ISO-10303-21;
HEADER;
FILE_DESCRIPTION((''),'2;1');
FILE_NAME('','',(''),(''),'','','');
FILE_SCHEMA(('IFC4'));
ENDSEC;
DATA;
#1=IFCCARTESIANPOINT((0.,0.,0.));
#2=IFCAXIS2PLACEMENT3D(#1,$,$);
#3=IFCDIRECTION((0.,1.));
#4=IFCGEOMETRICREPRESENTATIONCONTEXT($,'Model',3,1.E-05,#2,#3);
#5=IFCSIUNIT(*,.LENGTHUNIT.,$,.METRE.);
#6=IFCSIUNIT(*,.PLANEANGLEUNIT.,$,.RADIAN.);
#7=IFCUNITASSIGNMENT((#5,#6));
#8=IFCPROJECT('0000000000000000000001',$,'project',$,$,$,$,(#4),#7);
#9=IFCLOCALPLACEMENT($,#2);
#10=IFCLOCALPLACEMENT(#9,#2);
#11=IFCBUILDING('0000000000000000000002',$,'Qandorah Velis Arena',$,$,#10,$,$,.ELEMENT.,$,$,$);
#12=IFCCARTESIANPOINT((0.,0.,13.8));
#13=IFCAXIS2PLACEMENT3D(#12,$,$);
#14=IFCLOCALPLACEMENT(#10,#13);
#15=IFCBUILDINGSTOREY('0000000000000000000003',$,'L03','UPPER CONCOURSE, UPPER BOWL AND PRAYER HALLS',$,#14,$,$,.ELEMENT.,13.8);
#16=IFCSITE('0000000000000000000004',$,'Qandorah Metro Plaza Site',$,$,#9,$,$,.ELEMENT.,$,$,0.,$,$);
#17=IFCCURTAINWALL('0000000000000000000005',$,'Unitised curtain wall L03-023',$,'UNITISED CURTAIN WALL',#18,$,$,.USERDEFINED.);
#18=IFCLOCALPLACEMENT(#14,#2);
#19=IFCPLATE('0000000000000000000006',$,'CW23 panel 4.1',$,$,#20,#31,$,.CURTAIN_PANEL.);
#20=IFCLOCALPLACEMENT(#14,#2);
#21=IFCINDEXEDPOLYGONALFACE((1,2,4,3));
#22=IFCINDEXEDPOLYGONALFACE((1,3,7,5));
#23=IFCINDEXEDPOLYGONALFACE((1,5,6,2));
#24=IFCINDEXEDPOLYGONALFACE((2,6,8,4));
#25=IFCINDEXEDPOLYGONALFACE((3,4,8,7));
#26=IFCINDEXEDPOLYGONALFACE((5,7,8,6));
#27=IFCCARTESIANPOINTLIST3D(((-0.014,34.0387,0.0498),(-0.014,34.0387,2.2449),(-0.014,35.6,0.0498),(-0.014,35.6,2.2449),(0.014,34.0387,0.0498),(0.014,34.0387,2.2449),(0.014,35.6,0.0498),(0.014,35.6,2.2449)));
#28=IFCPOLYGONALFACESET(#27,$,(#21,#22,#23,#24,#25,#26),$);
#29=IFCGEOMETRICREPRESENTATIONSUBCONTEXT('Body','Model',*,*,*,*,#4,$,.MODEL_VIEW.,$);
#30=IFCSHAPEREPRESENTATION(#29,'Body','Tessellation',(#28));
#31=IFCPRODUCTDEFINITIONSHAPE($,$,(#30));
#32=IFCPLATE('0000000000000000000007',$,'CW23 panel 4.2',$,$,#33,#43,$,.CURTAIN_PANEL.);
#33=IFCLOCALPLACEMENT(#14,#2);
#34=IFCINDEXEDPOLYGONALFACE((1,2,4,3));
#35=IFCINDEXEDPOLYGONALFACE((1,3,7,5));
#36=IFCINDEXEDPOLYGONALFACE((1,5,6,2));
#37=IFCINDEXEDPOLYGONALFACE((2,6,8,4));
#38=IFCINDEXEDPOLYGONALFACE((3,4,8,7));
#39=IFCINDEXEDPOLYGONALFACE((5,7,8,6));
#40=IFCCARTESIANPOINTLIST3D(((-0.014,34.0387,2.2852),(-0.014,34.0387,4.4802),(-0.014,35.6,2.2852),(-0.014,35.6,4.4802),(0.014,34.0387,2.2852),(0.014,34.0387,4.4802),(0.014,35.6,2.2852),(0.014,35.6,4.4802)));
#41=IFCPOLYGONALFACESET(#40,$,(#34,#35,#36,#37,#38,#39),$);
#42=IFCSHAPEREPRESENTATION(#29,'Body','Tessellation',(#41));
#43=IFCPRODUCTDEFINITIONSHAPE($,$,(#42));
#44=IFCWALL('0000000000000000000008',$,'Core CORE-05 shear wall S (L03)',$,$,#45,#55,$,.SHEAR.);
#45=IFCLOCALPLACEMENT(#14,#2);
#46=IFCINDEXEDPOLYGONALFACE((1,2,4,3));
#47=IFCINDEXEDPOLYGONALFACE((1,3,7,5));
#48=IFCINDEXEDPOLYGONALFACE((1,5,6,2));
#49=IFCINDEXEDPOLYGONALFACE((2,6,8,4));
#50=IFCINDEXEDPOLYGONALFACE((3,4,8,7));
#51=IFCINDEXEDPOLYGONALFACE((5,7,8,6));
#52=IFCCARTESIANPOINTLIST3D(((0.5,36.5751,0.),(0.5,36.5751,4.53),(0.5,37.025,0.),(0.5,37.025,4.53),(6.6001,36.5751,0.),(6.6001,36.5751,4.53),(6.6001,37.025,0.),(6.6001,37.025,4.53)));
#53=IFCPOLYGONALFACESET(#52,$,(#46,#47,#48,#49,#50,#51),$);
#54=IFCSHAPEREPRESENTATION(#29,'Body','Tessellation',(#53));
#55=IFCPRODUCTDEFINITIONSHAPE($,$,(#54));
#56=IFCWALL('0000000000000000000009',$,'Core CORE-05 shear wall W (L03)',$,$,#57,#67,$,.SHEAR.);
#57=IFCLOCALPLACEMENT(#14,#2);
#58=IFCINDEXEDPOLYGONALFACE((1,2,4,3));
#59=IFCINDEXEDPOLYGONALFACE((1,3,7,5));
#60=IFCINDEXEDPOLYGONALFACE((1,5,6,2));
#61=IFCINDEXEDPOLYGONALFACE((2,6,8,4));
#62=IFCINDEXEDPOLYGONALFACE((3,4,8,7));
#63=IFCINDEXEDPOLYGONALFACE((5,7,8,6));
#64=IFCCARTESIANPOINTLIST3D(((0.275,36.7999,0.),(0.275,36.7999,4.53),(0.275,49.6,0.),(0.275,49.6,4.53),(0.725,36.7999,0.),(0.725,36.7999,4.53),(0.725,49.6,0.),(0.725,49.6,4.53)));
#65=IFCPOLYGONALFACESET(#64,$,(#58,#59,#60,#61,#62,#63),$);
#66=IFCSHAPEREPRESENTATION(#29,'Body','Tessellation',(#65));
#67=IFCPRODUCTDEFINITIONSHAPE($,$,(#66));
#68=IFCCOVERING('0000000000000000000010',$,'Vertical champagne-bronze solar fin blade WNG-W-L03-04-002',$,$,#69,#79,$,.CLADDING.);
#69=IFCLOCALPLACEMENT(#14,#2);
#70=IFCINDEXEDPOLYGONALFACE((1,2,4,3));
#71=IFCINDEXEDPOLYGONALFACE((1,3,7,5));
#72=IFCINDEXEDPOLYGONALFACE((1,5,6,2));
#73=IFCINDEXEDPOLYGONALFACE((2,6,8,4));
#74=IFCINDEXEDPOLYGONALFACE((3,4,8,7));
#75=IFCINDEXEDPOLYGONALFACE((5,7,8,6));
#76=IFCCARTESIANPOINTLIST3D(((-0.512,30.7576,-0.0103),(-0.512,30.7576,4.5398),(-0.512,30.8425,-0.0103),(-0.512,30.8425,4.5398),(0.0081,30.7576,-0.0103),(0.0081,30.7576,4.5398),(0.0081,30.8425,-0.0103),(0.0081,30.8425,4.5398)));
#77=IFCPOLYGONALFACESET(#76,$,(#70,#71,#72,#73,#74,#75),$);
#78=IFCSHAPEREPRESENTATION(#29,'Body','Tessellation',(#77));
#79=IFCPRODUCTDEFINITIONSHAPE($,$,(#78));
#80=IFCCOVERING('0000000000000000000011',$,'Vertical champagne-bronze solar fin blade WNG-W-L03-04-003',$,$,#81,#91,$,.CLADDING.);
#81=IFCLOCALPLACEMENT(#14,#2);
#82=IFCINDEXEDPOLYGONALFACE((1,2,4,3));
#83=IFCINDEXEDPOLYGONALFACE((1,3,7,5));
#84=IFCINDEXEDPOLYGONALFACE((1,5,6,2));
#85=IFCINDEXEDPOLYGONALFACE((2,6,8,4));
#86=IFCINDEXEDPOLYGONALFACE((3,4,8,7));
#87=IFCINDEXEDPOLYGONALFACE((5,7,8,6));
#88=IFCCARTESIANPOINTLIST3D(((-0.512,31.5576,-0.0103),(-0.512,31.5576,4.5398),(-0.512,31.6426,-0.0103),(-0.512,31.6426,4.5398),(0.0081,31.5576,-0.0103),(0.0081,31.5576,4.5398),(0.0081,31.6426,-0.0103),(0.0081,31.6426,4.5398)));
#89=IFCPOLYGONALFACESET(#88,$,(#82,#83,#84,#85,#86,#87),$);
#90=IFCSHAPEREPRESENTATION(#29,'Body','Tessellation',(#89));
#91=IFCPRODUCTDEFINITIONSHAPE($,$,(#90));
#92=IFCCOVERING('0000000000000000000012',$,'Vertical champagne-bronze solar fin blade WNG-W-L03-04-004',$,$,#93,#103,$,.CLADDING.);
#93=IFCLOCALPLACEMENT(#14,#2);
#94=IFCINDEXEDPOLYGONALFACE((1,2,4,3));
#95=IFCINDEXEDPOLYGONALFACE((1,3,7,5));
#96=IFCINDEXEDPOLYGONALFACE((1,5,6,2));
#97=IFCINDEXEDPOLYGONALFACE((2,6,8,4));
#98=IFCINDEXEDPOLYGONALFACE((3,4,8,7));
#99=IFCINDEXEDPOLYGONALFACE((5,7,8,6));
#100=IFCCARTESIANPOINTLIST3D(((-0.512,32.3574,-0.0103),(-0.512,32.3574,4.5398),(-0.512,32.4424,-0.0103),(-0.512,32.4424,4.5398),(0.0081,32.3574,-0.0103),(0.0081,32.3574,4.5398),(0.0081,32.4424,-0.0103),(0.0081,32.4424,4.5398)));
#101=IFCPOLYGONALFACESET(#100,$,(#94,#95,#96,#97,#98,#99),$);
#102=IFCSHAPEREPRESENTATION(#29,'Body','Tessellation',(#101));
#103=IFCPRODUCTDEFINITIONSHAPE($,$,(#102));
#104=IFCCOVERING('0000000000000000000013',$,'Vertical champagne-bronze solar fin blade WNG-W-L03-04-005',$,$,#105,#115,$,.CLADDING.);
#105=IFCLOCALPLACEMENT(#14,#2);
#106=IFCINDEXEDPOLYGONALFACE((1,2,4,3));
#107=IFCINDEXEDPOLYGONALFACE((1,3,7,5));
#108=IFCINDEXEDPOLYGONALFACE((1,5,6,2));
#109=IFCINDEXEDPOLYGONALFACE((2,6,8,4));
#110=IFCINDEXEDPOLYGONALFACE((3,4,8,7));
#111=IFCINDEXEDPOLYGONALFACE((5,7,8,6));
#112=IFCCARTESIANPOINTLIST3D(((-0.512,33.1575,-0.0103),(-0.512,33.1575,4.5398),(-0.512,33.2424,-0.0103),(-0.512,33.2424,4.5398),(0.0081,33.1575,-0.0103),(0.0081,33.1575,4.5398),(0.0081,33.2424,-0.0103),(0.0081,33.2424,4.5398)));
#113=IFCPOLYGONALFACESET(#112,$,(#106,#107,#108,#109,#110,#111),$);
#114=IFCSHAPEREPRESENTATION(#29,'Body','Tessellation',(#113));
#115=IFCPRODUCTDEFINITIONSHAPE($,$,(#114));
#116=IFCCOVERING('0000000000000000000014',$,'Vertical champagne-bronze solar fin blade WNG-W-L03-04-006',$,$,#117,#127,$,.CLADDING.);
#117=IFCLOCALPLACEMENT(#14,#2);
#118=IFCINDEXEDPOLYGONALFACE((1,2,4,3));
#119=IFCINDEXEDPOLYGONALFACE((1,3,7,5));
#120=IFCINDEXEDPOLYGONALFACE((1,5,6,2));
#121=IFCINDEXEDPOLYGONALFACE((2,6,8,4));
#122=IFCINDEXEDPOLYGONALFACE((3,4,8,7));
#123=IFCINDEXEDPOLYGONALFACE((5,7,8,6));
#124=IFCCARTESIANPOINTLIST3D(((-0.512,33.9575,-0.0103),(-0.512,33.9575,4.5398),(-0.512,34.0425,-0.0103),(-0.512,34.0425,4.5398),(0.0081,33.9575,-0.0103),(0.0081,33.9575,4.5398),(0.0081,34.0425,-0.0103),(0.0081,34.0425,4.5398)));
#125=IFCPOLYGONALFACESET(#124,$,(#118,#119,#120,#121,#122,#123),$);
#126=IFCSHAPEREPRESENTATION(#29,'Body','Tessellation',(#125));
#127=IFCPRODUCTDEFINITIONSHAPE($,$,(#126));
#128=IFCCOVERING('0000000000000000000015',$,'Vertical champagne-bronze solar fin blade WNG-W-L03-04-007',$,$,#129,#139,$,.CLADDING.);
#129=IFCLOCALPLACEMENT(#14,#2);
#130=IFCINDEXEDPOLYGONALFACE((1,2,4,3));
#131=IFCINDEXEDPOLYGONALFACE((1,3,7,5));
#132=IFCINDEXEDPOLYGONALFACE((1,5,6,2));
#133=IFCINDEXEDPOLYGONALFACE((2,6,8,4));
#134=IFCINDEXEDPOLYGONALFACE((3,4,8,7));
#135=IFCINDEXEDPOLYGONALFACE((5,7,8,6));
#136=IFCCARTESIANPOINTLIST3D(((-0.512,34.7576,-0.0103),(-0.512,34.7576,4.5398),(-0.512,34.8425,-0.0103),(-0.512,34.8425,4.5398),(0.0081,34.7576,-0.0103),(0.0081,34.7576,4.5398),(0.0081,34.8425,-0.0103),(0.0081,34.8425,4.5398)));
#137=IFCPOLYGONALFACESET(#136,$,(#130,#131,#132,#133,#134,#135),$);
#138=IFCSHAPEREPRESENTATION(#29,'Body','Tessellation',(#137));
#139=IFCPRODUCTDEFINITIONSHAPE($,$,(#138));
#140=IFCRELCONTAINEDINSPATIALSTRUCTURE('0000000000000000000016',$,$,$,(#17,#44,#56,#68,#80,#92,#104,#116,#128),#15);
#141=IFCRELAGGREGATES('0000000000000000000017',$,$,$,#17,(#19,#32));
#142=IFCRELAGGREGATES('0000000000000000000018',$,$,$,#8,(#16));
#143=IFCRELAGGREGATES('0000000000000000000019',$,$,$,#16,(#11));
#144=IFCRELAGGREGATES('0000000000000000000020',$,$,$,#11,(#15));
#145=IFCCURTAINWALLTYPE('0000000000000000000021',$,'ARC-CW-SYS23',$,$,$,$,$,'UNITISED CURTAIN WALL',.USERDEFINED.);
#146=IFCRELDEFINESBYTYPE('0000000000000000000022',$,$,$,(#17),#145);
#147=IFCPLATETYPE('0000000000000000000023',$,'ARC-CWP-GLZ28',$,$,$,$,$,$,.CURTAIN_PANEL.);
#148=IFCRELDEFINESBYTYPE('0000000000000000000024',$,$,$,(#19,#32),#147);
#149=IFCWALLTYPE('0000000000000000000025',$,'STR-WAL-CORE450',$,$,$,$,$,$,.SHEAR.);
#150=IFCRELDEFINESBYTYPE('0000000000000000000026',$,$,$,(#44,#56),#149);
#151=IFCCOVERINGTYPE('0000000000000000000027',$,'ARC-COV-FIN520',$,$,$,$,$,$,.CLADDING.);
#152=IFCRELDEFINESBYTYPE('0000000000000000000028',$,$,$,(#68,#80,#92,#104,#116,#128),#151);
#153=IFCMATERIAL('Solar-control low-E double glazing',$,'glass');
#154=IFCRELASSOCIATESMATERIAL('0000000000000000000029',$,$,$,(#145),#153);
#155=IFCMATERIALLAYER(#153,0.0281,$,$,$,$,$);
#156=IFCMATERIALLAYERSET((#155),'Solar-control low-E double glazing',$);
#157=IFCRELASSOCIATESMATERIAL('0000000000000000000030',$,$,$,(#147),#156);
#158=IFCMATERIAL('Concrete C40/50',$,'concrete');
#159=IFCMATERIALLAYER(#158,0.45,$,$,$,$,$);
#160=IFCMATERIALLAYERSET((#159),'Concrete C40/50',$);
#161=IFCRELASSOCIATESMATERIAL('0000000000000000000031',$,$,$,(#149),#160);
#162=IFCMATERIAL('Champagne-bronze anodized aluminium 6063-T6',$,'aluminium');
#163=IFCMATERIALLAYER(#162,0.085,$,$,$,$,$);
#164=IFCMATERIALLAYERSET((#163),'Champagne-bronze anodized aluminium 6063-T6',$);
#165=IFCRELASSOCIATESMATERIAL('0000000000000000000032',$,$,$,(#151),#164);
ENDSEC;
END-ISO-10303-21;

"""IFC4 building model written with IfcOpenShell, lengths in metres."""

from ifc_helpers import new_model, si_unit, direction, frame, frame_2d, origin, origin_2d, place, context, subcontext, project, spatial, rectangle, extrude, material, layer, layer_set, type_object, element, aggregate, save


model = new_model("IFC4")

# Units and contexts
model_context = context("Model", 3, precision=1e-05, world=origin(), true_north=direction((0.0, 1.0)))
body_context = subcontext(model_context, "Body", "Model", "MODEL_VIEW")
ifc_project = project(units=[si_unit("LENGTHUNIT", "METRE"), si_unit("PLANEANGLEUNIT", "RADIAN")], contexts=[model_context])

# Site, building, storey
site_placement = place(None, origin())
site = spatial("IfcSite", under=ifc_project, at=site_placement, Name="Qandorah Metro Plaza Site", CompositionType="ELEMENT", RefElevation=0.0)
building_placement = place(site_placement, origin())
building = spatial("IfcBuilding", under=site, at=building_placement, Name="Qandorah Velis Arena", CompositionType="ELEMENT")
storey_placement = place(building_placement, frame((0.0, 0.0, 13.8)))
storey = spatial("IfcBuildingStorey", under=building, at=storey_placement, Name="L03", Description="UPPER CONCOURSE, UPPER BOWL AND PRAYER HALLS", CompositionType="ELEMENT", Elevation=13.8)

# Shared definitions
ifc_material_1 = material(Name="Concrete C40/50", Category="concrete")

# Curtain wall
ifc_material_2 = material(Name="Solar-control low-E double glazing", Category="glass")
curtain_wall_type = type_object("IfcCurtainWallType", Name="ARC-CW-SYS23", ElementType="UNITISED CURTAIN WALL", PredefinedType="USERDEFINED", material=ifc_material_2)
curtain_wall_placement = place(storey_placement, origin())
curtain_wall = element("IfcCurtainWall", 1, at=curtain_wall_placement, inside=storey, type_object=curtain_wall_type, Name="Unitised curtain wall L03-023", ObjectType="UNITISED CURTAIN WALL", PredefinedType="USERDEFINED")
ifc_material_3 = material(Name="Champagne-bronze anodized aluminium 6063-T6", Category="aluminium")

# Plates
ifc_layer_1 = layer(ifc_material_2, 0.0281)
ifc_layer_set_1 = layer_set([ifc_layer_1], Name="Solar-control low-E double glazing")
plate_type = type_object("IfcPlateType", Name="ARC-CWP-GLZ28", PredefinedType="CURTAIN_PANEL", material=ifc_layer_set_1)
plate_1_placement = place(storey_placement, frame((0.0, 34.8193, 0.0498), z_axis=(0.0, 0.0, 1.0), x_axis=(0.0, 1.0, 0.0)))
plate_1 = element("IfcPlate", 2, at=plate_1_placement, type_object=plate_type, Name="CW23 panel 4.1", PredefinedType="CURTAIN_PANEL", context=body_context, shape_type="SweptSolid", body=[
    extrude(rectangle(XDim=1.5613, YDim=0.0281, at=origin_2d()), origin(), (0.0, 0.0, 1.0), 2.1951),
])
plate_2_placement = place(storey_placement, frame((0.0, 34.8193, 2.2852), z_axis=(0.0, 0.0, 1.0), x_axis=(0.0, 1.0, 0.0)))
plate_2 = element("IfcPlate", 3, at=plate_2_placement, type_object=plate_type, Name="CW23 panel 4.2", PredefinedType="CURTAIN_PANEL", context=body_context, shape_type="SweptSolid", body=[
    extrude(rectangle(XDim=1.5613, YDim=0.0281, at=origin_2d()), origin(), (0.0, 0.0, 1.0), 2.1951),
])
aggregate(curtain_wall, [plate_1, plate_2])

# Walls
ifc_layer_2 = layer(ifc_material_1, 0.45)
ifc_layer_set_2 = layer_set([ifc_layer_2], Name="Concrete C40/50")
wall_type = type_object("IfcWallType", Name="STR-WAL-CORE450", PredefinedType="SHEAR", material=ifc_layer_set_2)
wall_1_placement = place(storey_placement, frame((0.5, 36.8, 0.0), z_axis=(0.0, 0.0, 1.0), x_axis=(1.0, 0.0, 0.0)))
element("IfcWall", 4, at=wall_1_placement, inside=storey, type_object=wall_type, Name="Core CORE-05 shear wall S (L03)", PredefinedType="SHEAR", context=body_context, shape_type="SweptSolid", body=[
    extrude(rectangle(XDim=6.1001, YDim=0.45, at=frame_2d((3.05, 0.0))), origin(), (0.0, 0.0, 1.0), 4.53),
])
wall_2_placement = place(storey_placement, frame((0.5, 36.8, 0.0), z_axis=(0.0, 0.0, 1.0), x_axis=(0.0, 1.0, 0.0)))
element("IfcWall", 5, at=wall_2_placement, inside=storey, type_object=wall_type, Name="Core CORE-05 shear wall W (L03)", PredefinedType="SHEAR", context=body_context, shape_type="SweptSolid", body=[
    extrude(rectangle(XDim=12.8, YDim=0.45, at=frame_2d((6.3999, 0.0))), origin(), (0.0, 0.0, 1.0), 4.53),
])

# Coverings
ifc_layer_3 = layer(ifc_material_3, 0.085)
ifc_layer_set_3 = layer_set([ifc_layer_3], Name="Champagne-bronze anodized aluminium 6063-T6")
covering_type = type_object("IfcCoveringType", Name="ARC-COV-FIN520", PredefinedType="CLADDING", material=ifc_layer_set_3)
for number, where, z_axis, x_axis, name in (
    (6, (-0.252, 30.8, -0.0103), (0.0, 0.0, 1.0), (1.0, 0.0, 0.0), "Vertical champagne-bronze solar fin blade WNG-W-L03-04-002"),
    (7, (-0.252, 31.6001, -0.0103), (0.0, 0.0, 1.0), (1.0, 0.0, 0.0), "Vertical champagne-bronze solar fin blade WNG-W-L03-04-003"),
    (8, (-0.252, 32.3999, -0.0103), (0.0, 0.0, 1.0), (1.0, 0.0, 0.0), "Vertical champagne-bronze solar fin blade WNG-W-L03-04-004"),
    (9, (-0.252, 33.2, -0.0103), (0.0, 0.0, 1.0), (1.0, 0.0, 0.0), "Vertical champagne-bronze solar fin blade WNG-W-L03-04-005"),
    (10, (-0.252, 34.0, -0.0103), (0.0, 0.0, 1.0), (1.0, 0.0, 0.0), "Vertical champagne-bronze solar fin blade WNG-W-L03-04-006"),
    (11, (-0.252, 34.8, -0.0103), (0.0, 0.0, 1.0), (1.0, 0.0, 0.0), "Vertical champagne-bronze solar fin blade WNG-W-L03-04-007"),
):
    element("IfcCovering", number, at=place(storey_placement, frame(where, z_axis=z_axis, x_axis=x_axis)), inside=storey, type_object=covering_type, Name=name, PredefinedType="CLADDING", context=body_context, shape_type="SweptSolid", body=[
        extrude(rectangle(XDim=0.52, YDim=0.085, at=origin_2d()), origin(), (0.0, 0.0, 1.0), 4.55),
    ])

save(model, "model.ifc")
